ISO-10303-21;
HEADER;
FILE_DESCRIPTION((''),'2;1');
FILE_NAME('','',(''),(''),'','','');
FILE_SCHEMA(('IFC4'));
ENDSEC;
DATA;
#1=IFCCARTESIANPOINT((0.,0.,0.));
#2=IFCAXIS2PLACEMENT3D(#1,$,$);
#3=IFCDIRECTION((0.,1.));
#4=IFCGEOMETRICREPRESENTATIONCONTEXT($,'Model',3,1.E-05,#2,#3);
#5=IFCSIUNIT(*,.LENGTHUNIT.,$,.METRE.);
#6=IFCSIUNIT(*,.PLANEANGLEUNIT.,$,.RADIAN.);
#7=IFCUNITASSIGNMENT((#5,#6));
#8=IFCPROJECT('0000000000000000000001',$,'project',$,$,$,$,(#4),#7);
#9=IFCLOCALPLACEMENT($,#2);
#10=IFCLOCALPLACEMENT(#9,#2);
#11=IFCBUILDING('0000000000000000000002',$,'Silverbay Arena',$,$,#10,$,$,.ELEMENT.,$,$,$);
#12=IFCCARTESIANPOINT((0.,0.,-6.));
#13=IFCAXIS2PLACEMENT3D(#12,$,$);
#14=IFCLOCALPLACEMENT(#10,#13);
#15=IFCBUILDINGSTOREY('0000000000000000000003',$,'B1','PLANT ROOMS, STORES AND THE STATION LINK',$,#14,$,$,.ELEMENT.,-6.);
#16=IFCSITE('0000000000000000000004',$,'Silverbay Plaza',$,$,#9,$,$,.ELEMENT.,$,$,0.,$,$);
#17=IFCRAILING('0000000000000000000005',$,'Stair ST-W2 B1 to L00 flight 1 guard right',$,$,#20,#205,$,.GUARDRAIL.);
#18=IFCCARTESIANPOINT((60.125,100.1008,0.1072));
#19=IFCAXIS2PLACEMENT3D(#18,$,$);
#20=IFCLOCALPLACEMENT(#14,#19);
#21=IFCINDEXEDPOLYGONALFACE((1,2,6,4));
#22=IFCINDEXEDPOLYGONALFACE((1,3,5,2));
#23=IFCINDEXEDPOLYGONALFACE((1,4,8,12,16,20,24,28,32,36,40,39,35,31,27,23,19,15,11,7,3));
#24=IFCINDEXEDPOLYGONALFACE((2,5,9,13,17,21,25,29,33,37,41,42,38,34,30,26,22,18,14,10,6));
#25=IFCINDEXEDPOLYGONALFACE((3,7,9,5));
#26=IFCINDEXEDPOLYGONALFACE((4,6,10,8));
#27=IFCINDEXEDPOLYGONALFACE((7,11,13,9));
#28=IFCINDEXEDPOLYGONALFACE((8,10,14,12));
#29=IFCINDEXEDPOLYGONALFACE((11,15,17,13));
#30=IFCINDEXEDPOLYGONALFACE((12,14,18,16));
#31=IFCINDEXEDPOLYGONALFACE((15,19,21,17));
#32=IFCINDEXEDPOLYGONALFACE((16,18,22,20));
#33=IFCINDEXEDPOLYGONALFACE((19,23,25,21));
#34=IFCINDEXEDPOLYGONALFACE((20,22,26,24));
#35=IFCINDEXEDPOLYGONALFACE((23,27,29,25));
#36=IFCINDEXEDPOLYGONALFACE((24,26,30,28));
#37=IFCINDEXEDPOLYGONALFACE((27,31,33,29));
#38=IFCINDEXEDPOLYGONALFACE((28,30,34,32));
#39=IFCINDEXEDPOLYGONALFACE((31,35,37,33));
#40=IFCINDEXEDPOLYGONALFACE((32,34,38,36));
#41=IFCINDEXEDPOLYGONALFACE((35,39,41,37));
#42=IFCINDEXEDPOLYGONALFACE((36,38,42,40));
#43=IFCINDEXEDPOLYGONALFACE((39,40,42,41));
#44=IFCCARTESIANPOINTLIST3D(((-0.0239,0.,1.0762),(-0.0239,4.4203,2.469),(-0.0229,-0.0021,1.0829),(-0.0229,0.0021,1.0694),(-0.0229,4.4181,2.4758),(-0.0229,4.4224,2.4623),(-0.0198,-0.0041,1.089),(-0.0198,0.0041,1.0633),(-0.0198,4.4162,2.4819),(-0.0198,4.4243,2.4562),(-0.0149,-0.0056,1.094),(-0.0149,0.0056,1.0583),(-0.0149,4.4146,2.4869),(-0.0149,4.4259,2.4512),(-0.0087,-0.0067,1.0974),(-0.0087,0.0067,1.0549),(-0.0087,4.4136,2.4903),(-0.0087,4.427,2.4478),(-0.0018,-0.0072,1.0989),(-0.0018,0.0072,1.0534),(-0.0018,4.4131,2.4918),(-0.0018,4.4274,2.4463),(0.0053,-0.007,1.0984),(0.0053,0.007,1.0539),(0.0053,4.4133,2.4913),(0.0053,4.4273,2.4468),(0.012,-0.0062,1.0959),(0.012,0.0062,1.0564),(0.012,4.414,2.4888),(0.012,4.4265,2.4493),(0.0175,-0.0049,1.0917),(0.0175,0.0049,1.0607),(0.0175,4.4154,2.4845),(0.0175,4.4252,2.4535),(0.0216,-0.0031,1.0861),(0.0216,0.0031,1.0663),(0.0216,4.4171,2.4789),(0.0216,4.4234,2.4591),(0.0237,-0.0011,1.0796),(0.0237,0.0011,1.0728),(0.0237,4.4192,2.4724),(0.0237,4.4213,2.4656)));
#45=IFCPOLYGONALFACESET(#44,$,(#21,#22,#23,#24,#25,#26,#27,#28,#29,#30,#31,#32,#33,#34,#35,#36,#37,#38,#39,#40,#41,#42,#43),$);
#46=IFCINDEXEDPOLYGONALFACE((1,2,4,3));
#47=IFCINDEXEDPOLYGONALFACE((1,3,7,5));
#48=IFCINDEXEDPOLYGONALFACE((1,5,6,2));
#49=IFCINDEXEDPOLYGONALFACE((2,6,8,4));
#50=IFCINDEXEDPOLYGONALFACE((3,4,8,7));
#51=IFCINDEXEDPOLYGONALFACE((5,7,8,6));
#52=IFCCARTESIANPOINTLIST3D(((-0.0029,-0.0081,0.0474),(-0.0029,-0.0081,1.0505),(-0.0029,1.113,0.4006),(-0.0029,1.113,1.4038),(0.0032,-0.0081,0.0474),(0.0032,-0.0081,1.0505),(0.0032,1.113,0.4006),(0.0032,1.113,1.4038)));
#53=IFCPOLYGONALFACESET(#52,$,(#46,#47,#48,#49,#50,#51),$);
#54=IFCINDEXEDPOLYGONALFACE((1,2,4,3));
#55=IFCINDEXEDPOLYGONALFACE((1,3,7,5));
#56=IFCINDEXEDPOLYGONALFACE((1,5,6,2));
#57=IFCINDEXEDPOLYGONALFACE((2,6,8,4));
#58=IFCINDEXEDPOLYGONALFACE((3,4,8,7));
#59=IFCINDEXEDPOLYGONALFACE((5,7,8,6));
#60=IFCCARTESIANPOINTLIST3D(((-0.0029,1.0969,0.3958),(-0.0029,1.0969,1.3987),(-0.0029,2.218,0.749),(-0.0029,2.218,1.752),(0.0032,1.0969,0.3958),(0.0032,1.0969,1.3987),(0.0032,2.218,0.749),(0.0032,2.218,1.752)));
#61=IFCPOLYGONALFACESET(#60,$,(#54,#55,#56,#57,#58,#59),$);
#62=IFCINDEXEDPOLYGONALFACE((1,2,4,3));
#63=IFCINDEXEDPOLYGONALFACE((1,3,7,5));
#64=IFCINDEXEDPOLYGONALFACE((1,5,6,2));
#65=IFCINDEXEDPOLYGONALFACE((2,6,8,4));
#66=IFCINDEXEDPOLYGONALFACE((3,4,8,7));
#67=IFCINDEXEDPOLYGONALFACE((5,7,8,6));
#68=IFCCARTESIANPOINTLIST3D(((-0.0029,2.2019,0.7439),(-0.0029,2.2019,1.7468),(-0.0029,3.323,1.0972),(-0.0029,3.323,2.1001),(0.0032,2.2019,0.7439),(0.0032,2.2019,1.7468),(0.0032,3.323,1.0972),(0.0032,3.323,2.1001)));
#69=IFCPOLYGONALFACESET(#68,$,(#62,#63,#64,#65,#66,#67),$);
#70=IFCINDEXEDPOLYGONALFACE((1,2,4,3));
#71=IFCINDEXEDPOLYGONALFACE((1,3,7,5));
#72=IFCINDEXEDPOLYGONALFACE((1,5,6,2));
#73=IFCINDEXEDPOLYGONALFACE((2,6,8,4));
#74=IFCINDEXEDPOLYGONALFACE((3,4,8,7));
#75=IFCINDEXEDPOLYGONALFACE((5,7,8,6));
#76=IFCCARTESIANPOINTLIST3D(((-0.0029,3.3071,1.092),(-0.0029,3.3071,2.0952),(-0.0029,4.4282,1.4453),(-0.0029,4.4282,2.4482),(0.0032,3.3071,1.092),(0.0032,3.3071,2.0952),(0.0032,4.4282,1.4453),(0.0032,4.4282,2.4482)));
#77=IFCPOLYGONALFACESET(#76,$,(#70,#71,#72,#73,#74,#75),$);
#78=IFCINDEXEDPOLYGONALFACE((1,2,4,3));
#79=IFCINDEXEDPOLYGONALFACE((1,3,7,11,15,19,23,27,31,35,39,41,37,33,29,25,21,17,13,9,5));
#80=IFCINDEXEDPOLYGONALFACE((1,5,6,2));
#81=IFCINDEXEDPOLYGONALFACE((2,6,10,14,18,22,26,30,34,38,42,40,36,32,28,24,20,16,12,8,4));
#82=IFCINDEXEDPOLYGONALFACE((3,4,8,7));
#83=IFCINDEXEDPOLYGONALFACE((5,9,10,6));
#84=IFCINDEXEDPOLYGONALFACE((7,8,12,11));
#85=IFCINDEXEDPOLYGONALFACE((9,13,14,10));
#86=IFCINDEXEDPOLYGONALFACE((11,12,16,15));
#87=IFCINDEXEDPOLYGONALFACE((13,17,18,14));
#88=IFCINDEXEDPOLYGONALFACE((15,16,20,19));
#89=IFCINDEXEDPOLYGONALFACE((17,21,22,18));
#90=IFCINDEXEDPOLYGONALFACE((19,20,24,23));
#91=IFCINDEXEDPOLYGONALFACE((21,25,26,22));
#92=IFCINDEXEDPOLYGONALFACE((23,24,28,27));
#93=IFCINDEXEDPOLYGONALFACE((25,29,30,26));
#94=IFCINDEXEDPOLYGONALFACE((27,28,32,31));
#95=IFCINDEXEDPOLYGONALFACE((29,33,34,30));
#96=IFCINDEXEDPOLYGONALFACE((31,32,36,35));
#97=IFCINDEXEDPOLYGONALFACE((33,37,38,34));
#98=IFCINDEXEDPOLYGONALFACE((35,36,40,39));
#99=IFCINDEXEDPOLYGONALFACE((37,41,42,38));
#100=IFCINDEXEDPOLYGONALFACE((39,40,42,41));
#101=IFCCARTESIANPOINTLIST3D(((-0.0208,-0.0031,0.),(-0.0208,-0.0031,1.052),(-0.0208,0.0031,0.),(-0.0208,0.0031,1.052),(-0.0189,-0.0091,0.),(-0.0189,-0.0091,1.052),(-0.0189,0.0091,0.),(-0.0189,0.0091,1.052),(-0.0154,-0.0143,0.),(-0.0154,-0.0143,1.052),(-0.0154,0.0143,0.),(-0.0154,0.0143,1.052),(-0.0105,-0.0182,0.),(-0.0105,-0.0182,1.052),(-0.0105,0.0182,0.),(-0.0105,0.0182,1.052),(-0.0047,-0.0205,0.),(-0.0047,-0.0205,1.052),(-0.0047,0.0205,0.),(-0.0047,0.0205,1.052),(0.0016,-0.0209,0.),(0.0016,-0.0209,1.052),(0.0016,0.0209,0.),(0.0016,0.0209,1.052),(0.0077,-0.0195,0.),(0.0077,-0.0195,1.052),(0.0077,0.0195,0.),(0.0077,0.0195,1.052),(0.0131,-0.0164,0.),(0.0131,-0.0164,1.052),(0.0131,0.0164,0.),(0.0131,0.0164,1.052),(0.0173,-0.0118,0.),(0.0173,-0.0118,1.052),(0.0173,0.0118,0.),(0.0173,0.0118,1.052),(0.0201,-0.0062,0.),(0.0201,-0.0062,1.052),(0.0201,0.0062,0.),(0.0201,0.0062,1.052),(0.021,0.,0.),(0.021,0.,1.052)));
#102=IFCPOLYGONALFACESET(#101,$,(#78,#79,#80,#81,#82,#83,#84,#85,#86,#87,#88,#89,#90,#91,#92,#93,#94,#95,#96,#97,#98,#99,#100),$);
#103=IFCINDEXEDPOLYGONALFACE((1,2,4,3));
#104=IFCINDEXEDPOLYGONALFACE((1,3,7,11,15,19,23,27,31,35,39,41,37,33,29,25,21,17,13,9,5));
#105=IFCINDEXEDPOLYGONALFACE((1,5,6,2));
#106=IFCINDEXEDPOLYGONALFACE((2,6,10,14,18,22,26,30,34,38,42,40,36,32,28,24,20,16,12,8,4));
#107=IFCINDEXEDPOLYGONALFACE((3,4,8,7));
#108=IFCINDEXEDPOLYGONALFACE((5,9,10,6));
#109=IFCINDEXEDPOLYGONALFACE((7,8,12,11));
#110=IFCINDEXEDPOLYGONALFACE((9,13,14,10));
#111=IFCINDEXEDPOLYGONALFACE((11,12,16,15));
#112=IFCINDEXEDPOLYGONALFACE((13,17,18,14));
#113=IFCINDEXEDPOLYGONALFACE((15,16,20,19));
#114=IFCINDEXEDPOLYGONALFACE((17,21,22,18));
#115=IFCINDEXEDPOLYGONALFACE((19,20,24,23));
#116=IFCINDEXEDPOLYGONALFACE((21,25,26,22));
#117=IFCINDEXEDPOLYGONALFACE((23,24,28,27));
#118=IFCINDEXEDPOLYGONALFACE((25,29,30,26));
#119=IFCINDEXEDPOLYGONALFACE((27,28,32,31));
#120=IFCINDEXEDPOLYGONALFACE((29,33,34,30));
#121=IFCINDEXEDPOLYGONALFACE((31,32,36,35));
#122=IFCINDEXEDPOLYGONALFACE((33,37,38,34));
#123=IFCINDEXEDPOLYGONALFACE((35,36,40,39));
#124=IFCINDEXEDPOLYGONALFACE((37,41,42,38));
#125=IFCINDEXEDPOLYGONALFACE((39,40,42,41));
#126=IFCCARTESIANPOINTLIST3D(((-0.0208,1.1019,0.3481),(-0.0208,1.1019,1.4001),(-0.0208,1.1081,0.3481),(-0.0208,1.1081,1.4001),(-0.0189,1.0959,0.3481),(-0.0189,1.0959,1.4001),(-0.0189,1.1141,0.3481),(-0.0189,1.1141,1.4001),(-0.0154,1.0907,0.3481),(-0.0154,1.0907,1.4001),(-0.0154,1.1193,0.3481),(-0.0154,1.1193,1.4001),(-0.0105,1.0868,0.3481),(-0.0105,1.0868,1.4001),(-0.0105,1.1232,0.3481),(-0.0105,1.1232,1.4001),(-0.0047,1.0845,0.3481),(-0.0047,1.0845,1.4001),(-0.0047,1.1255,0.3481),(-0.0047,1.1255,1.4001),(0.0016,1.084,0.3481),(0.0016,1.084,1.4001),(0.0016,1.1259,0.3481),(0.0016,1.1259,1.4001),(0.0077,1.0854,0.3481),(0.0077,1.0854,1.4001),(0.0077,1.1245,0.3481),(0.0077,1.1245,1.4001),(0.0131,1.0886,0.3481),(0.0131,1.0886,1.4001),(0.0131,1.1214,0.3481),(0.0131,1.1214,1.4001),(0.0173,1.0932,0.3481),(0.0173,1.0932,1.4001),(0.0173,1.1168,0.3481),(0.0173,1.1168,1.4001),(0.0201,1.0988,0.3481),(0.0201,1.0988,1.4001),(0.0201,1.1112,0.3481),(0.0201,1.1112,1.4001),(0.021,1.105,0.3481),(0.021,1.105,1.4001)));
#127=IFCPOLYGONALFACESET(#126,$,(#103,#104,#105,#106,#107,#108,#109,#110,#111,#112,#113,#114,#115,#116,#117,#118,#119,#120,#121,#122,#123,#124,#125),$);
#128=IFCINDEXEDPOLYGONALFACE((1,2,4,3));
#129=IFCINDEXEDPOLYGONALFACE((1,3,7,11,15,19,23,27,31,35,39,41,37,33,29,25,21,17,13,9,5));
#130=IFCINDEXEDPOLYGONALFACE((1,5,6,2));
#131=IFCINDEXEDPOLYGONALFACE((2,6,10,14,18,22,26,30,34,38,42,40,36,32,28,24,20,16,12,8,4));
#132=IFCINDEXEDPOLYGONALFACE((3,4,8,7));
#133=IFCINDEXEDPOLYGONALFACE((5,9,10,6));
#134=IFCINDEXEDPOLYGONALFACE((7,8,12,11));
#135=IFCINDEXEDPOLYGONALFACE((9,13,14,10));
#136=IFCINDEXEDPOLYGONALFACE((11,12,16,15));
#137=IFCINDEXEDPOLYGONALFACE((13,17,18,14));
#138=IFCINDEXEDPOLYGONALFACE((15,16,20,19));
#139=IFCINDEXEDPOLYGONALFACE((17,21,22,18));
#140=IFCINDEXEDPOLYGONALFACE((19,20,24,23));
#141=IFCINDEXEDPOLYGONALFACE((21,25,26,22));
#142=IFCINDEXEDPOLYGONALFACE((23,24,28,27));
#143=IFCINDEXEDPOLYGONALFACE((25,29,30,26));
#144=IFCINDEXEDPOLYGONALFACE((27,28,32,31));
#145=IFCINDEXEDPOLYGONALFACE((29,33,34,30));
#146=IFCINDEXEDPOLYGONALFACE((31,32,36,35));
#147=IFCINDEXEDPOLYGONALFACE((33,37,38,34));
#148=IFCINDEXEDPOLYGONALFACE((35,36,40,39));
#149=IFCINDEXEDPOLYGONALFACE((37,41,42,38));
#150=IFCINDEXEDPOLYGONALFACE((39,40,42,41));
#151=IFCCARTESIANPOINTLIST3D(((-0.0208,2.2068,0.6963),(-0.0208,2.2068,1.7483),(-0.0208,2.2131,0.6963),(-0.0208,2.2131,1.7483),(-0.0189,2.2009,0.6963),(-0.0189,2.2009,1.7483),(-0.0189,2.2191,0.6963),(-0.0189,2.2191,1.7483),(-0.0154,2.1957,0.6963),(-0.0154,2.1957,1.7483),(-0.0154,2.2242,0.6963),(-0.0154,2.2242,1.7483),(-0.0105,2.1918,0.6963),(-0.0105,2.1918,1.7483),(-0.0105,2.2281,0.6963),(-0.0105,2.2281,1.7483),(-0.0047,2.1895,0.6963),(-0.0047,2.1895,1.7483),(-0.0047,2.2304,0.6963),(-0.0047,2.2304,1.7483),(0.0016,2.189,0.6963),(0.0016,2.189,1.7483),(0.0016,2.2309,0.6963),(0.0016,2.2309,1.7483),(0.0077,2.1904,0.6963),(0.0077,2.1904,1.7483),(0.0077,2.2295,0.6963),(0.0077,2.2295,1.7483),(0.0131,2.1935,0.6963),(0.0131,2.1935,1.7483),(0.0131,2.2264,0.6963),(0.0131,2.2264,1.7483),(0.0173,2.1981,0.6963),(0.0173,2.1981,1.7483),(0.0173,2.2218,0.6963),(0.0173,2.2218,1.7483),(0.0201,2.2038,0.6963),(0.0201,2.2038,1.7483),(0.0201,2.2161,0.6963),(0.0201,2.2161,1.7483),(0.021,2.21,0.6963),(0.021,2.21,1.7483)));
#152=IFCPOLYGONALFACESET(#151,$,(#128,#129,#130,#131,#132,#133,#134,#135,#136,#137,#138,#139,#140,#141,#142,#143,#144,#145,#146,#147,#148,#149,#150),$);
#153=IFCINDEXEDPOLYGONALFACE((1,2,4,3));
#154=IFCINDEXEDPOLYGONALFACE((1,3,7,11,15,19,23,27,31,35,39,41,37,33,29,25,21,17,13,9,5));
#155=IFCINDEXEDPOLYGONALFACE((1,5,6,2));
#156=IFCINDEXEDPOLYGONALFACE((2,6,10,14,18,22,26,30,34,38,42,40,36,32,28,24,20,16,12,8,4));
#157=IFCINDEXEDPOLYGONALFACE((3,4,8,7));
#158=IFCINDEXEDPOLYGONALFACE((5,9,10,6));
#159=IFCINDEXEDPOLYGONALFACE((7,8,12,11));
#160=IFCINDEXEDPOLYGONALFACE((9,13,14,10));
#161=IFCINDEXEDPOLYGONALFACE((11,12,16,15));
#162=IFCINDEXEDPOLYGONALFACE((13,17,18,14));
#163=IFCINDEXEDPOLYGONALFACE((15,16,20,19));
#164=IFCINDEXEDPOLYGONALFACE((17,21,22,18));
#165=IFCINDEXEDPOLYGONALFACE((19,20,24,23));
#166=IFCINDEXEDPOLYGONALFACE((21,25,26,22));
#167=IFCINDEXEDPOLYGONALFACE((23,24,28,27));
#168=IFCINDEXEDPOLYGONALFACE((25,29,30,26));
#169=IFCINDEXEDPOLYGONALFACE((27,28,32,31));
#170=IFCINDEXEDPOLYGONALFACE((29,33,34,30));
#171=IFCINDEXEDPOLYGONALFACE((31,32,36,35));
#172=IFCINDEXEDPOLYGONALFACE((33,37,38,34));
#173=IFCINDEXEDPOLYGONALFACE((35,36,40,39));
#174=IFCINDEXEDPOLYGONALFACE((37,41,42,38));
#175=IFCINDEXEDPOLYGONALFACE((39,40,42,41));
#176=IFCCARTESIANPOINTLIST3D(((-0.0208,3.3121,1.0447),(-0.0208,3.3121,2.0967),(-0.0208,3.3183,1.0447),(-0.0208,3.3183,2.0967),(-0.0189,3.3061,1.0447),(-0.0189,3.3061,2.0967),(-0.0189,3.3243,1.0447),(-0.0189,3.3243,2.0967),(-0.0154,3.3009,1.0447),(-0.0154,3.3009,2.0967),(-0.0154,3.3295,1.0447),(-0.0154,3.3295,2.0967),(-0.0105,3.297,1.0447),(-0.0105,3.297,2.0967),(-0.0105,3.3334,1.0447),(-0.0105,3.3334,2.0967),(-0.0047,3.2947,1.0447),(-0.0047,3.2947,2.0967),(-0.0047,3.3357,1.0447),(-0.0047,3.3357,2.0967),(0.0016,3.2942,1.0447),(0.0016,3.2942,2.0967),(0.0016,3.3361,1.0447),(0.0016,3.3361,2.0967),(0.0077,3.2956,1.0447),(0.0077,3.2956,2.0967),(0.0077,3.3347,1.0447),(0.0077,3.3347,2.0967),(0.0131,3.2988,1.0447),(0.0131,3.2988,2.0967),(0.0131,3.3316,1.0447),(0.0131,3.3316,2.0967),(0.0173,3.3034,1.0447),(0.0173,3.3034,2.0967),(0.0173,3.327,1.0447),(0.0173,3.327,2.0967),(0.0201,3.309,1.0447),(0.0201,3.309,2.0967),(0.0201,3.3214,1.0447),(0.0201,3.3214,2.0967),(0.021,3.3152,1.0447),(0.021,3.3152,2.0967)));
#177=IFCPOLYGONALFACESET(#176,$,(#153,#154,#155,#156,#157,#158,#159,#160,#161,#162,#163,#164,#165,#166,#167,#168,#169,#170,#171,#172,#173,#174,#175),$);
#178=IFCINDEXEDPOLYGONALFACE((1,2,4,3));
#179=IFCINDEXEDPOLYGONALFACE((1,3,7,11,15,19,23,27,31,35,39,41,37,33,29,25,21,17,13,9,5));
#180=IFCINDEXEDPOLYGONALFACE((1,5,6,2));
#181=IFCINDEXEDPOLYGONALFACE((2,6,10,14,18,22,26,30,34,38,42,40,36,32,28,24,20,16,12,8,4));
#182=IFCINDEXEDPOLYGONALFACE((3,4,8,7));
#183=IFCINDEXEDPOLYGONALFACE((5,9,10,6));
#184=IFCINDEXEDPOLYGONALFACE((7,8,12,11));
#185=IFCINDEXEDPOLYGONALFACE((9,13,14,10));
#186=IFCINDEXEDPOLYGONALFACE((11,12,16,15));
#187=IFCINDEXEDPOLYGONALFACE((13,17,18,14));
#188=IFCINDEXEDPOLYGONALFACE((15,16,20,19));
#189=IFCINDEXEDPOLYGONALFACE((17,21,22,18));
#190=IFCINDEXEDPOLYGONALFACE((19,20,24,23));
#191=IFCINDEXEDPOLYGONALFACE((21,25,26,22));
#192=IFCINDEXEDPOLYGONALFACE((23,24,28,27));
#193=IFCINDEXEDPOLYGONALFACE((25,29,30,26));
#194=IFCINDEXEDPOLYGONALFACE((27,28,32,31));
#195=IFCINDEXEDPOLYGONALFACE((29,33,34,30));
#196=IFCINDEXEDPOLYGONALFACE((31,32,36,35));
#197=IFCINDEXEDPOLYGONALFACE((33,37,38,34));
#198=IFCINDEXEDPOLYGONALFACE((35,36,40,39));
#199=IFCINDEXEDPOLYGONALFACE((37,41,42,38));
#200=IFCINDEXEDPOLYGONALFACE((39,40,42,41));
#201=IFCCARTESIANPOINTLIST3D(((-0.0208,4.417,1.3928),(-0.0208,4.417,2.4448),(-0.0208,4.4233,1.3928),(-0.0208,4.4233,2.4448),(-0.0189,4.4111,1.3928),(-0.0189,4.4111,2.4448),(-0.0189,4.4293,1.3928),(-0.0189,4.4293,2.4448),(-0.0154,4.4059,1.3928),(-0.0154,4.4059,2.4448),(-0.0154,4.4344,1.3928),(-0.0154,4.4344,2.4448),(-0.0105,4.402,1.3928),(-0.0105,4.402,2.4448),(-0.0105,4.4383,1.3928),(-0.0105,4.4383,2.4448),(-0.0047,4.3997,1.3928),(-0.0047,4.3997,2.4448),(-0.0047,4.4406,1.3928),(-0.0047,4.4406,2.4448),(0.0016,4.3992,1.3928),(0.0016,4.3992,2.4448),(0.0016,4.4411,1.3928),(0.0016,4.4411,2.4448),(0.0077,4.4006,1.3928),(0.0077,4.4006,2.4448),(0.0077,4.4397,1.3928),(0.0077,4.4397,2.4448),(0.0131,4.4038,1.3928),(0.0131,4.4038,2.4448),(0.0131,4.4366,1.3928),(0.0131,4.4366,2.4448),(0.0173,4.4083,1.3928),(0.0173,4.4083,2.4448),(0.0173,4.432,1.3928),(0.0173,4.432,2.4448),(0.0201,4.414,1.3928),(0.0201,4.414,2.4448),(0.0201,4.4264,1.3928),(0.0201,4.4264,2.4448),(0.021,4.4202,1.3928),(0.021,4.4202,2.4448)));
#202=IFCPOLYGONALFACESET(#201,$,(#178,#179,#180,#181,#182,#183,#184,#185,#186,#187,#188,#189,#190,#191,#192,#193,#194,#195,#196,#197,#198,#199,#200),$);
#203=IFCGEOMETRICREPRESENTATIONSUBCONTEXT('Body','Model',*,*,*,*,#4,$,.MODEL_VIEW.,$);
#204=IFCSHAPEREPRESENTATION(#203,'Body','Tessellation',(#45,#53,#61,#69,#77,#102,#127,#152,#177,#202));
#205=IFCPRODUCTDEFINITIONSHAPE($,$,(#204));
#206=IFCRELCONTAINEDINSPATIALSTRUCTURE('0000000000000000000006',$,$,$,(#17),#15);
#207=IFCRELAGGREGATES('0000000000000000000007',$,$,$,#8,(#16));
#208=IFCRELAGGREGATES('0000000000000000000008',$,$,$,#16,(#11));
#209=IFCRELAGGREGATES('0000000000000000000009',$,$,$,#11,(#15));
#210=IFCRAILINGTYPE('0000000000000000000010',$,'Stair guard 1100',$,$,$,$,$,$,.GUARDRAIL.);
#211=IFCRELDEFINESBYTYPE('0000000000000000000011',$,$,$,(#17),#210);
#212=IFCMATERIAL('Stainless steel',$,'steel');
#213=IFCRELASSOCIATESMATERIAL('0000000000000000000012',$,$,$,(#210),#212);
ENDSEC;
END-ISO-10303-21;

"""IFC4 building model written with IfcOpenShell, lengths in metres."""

from ifc_helpers import new_model, si_unit, direction, frame, origin, origin_2d, place, context, subcontext, project, spatial, polyline, circle, outline, extrude, material, type_object, element, save


model = new_model("IFC4")

# Units and contexts
model_context = context("Model", 3, precision=1e-05, world=origin(), true_north=direction((0.0, 1.0)))
body_context = subcontext(model_context, "Body", "Model", "MODEL_VIEW")
ifc_project = project(units=[si_unit("LENGTHUNIT", "METRE"), si_unit("PLANEANGLEUNIT", "RADIAN")], contexts=[model_context])

# Site, building, storey
site_placement = place(None, origin())
site = spatial("IfcSite", under=ifc_project, at=site_placement, Name="Silverbay Plaza", CompositionType="ELEMENT", RefElevation=0.0)
building_placement = place(site_placement, origin())
building = spatial("IfcBuilding", under=site, at=building_placement, Name="Silverbay Arena", CompositionType="ELEMENT")
storey_placement = place(building_placement, frame((0.0, 0.0, -6.0)))
storey = spatial("IfcBuildingStorey", under=building, at=storey_placement, Name="B1", Description="PLANT ROOMS, STORES AND THE STATION LINK", CompositionType="ELEMENT", Elevation=-6.0)

# Railing
ifc_material_1 = material(Name="Stainless steel", Category="steel")
railing_type_1 = type_object("IfcRailingType", Name="Stair guard 1100", PredefinedType="GUARDRAIL", material=ifc_material_1)
railing_1_placement = place(storey_placement, frame((60.125, 100.1008, 0.1072)))
element("IfcRailing", 1, at=railing_1_placement, inside=storey, type_object=railing_type_1, Name="Stair ST-W2 B1 to L00 flight 1 guard right", PredefinedType="GUARDRAIL", context=body_context, shape_type="SweptSolid", body=[
    extrude(circle(Radius=0.0239, at=origin_2d()), frame((0.0, 0.0, 1.0762), z_axis=(0.0, 0.95377, 0.300539), x_axis=(-1.0, 0.0, 0.0)), (0.0, 0.0, 1.0), 4.6345),
    extrude(outline(polyline([(-0.0081, 0.0474), (1.113, 0.4006), (1.113, 1.4038), (-0.0081, 1.0505), (-0.0081, 0.0474)])), frame((-0.0029, 0.0, 0.0), z_axis=(1.0, 0.0, 0.0), x_axis=(0.0, 1.0, 0.0)), (0.0, 0.0, 1.0), 0.0061),
    extrude(outline(polyline([(-0.0081, 0.3958), (1.113, 0.749), (1.113, 1.752), (-0.0081, 1.3987), (-0.0081, 0.3958)])), frame((-0.0029, 1.105, 0.0), z_axis=(1.0, 0.0, 0.0), x_axis=(0.0, 1.0, 0.0)), (0.0, 0.0, 1.0), 0.0061),
    extrude(outline(polyline([(-0.0081, 0.7439), (1.113, 1.0972), (1.113, 2.1001), (-0.0081, 1.7468), (-0.0081, 0.7439)])), frame((-0.0029, 2.21, 0.0), z_axis=(1.0, 0.0, 0.0), x_axis=(0.0, 1.0, 0.0)), (0.0, 0.0, 1.0), 0.0061),
    extrude(outline(polyline([(-0.0081, 1.092), (1.113, 1.4453), (1.113, 2.4482), (-0.0081, 2.0952), (-0.0081, 1.092)])), frame((-0.0029, 3.3152, 0.0), z_axis=(1.0, 0.0, 0.0), x_axis=(0.0, 1.0, 0.0)), (0.0, 0.0, 1.0), 0.0061),
    extrude(circle(Radius=0.021, at=origin_2d()), origin(), (0.0, 0.0, 1.0), 1.052),
    extrude(circle(Radius=0.021, at=origin_2d()), frame((0.0, 1.105, 0.3481)), (0.0, 0.0, 1.0), 1.052),
    extrude(circle(Radius=0.021, at=origin_2d()), frame((0.0, 2.21, 0.6963)), (0.0, 0.0, 1.0), 1.052),
    extrude(circle(Radius=0.021, at=origin_2d()), frame((0.0, 3.3152, 1.0447)), (0.0, 0.0, 1.0), 1.052),
    extrude(circle(Radius=0.021, at=origin_2d()), frame((0.0, 4.4202, 1.3928)), (0.0, 0.0, 1.0), 1.052),
])

save(model, "model.ifc")
